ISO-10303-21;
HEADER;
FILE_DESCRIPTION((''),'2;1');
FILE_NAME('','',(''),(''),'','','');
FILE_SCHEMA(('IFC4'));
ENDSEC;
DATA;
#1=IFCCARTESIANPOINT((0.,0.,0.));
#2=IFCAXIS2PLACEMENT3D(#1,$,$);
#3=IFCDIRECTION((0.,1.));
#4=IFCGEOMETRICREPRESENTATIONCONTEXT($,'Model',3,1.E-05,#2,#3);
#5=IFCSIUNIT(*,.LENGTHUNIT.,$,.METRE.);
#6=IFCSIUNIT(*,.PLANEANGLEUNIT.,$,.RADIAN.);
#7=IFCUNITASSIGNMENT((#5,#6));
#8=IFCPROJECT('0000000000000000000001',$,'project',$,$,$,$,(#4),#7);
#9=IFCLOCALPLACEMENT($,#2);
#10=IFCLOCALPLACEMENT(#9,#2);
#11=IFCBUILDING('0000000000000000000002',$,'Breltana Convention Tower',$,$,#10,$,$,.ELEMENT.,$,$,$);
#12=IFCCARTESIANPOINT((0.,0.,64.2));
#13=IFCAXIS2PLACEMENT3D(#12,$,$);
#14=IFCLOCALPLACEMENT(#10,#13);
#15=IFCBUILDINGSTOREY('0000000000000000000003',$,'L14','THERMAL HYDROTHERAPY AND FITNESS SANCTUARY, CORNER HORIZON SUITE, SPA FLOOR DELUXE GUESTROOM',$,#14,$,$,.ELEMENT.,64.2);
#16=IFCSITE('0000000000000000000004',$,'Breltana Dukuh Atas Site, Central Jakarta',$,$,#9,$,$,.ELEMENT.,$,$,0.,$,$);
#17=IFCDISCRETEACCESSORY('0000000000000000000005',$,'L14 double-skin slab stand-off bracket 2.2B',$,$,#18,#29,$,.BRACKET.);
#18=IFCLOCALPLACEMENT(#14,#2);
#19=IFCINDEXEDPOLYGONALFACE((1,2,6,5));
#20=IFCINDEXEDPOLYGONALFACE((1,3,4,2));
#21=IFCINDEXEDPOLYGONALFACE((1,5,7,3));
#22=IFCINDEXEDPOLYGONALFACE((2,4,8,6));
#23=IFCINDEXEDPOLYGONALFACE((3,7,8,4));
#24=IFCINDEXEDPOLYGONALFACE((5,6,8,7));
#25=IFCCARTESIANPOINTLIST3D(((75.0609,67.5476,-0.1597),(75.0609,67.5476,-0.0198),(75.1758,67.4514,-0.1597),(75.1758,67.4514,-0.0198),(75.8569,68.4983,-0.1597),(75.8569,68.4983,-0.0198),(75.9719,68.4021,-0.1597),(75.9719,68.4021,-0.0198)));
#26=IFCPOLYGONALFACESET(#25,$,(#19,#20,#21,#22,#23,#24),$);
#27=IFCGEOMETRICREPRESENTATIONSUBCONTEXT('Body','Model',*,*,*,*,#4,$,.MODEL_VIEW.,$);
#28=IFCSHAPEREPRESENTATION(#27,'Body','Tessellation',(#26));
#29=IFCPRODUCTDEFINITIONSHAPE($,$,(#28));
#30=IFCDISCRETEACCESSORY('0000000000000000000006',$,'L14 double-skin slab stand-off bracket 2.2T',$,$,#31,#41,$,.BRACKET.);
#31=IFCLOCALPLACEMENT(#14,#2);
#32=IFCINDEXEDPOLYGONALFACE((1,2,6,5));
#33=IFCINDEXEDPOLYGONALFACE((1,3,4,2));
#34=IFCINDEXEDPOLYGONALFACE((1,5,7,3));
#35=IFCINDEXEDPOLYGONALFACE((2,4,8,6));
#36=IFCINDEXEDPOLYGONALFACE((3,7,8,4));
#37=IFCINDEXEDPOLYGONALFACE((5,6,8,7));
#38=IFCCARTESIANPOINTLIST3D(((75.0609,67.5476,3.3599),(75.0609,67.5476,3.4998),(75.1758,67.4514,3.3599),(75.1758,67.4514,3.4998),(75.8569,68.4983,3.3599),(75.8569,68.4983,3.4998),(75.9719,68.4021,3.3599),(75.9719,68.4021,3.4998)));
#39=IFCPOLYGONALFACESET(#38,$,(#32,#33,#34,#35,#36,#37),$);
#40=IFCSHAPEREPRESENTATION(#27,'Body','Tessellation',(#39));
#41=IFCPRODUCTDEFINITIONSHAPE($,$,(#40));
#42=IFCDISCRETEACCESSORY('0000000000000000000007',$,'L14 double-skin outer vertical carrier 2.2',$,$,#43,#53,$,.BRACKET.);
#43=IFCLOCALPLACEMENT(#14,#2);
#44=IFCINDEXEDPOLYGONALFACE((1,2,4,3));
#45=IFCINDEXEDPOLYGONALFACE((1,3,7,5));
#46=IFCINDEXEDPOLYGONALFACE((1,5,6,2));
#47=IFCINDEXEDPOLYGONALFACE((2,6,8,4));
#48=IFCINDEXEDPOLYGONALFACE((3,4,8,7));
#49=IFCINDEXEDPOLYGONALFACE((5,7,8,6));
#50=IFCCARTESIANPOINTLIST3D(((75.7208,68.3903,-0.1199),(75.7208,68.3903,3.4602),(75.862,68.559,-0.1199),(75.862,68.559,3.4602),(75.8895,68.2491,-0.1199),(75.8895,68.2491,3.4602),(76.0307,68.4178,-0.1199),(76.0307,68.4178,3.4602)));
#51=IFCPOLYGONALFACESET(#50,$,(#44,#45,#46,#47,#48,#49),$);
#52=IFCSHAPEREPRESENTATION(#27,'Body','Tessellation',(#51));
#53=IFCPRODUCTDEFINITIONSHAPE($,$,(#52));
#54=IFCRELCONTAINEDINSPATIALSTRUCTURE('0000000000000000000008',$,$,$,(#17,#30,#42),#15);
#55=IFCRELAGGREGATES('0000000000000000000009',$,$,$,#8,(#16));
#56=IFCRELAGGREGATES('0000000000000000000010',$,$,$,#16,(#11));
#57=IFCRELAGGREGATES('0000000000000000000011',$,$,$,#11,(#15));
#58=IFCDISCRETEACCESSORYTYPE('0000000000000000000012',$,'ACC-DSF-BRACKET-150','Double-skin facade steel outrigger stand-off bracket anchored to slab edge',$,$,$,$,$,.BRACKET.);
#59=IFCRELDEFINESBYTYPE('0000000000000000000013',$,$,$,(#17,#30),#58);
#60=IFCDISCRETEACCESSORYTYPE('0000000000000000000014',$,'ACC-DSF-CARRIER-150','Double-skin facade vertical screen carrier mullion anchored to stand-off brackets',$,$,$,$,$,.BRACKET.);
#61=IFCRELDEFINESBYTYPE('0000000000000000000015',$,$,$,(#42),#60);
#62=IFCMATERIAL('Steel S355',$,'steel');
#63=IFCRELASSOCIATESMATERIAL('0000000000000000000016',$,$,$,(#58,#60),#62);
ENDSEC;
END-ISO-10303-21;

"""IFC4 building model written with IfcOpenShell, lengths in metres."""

from ifc_helpers import new_model, si_unit, direction, frame, origin, origin_2d, place, context, subcontext, project, spatial, rectangle, extrude, source, transform, mapped, material, type_object, type_shapes, element, save


model = new_model("IFC4")

# Units and contexts
model_context = context("Model", 3, precision=1e-05, world=origin(), true_north=direction((0.0, 1.0)))
body_context = subcontext(model_context, "Body", "Model", "MODEL_VIEW")
ifc_project = project(units=[si_unit("LENGTHUNIT", "METRE"), si_unit("PLANEANGLEUNIT", "RADIAN")], contexts=[model_context])

# Site, building, storey
site_placement = place(None, origin())
site = spatial("IfcSite", under=ifc_project, at=site_placement, Name="Breltana Dukuh Atas Site, Central Jakarta", CompositionType="ELEMENT", RefElevation=0.0)
building_placement = place(site_placement, origin())
building = spatial("IfcBuilding", under=site, at=building_placement, Name="Breltana Convention Tower", CompositionType="ELEMENT")
storey_placement = place(building_placement, frame((0.0, 0.0, 64.2)))
storey = spatial("IfcBuildingStorey", under=building, at=storey_placement, Name="L14", Description="THERMAL HYDROTHERAPY AND FITNESS SANCTUARY, CORNER HORIZON SUITE, SPA FLOOR DELUXE GUESTROOM", CompositionType="ELEMENT", Elevation=64.2)

# Discrete accessories
ifc_material_1 = material(Name="Steel S355", Category="steel")
discrete_accessory_type_1 = type_object("IfcDiscreteAccessoryType", Name="ACC-DSF-BRACKET-150", Description="Double-skin facade steel outrigger stand-off bracket anchored to slab edge", PredefinedType="BRACKET", material=ifc_material_1)
shared_shape_1 = source(origin(), body_context, "Body", "SweptSolid", [
    extrude(rectangle(XDim=1.24, YDim=0.1499, at=origin_2d()), origin(), (0.0, 0.0, 1.0), 0.1399),
])
type_shapes(discrete_accessory_type_1, [shared_shape_1])
for number, where, z_axis, x_axis, name in (
    (1, (75.5164, 67.9749, -0.1597), (0.0, 0.0, 1.0), (0.64199, 0.766713, 0.0), "L14 double-skin slab stand-off bracket 2.2B"),
    (2, (75.5164, 67.9749, 3.3599), (0.0, 0.0, 1.0), (0.64199, 0.766713, 0.0), "L14 double-skin slab stand-off bracket 2.2T"),
):
    element("IfcDiscreteAccessory", number, at=place(storey_placement, frame(where, z_axis=z_axis, x_axis=x_axis)), inside=storey, type_object=discrete_accessory_type_1, Name=name, PredefinedType="BRACKET", context=body_context, shape_type="MappedRepresentation", body=[
        mapped(shared_shape_1, transform((0.0, 0.0, 0.0), scale=1.0)),
    ])
discrete_accessory_type_2 = type_object("IfcDiscreteAccessoryType", Name="ACC-DSF-CARRIER-150", Description="Double-skin facade vertical screen carrier mullion anchored to stand-off brackets", PredefinedType="BRACKET", material=ifc_material_1)
shared_shape_2 = source(origin(), body_context, "Body", "SweptSolid", [
    extrude(rectangle(XDim=0.22, YDim=0.22, at=origin_2d()), origin(), (0.0, 0.0, 1.0), 3.5801),
])
discrete_accessory_placement = place(storey_placement, frame((75.8757, 68.4041, -0.1199), z_axis=(0.0, 0.0, 1.0), x_axis=(0.64199, 0.766713, 0.0)))
element("IfcDiscreteAccessory", 3, at=discrete_accessory_placement, inside=storey, type_object=discrete_accessory_type_2, Name="L14 double-skin outer vertical carrier 2.2", PredefinedType="BRACKET", context=body_context, shape_type="MappedRepresentation", body=[
    mapped(shared_shape_2, transform((0.0, 0.0, 0.0), scale=1.0)),
])

save(model, "model.ifc")
